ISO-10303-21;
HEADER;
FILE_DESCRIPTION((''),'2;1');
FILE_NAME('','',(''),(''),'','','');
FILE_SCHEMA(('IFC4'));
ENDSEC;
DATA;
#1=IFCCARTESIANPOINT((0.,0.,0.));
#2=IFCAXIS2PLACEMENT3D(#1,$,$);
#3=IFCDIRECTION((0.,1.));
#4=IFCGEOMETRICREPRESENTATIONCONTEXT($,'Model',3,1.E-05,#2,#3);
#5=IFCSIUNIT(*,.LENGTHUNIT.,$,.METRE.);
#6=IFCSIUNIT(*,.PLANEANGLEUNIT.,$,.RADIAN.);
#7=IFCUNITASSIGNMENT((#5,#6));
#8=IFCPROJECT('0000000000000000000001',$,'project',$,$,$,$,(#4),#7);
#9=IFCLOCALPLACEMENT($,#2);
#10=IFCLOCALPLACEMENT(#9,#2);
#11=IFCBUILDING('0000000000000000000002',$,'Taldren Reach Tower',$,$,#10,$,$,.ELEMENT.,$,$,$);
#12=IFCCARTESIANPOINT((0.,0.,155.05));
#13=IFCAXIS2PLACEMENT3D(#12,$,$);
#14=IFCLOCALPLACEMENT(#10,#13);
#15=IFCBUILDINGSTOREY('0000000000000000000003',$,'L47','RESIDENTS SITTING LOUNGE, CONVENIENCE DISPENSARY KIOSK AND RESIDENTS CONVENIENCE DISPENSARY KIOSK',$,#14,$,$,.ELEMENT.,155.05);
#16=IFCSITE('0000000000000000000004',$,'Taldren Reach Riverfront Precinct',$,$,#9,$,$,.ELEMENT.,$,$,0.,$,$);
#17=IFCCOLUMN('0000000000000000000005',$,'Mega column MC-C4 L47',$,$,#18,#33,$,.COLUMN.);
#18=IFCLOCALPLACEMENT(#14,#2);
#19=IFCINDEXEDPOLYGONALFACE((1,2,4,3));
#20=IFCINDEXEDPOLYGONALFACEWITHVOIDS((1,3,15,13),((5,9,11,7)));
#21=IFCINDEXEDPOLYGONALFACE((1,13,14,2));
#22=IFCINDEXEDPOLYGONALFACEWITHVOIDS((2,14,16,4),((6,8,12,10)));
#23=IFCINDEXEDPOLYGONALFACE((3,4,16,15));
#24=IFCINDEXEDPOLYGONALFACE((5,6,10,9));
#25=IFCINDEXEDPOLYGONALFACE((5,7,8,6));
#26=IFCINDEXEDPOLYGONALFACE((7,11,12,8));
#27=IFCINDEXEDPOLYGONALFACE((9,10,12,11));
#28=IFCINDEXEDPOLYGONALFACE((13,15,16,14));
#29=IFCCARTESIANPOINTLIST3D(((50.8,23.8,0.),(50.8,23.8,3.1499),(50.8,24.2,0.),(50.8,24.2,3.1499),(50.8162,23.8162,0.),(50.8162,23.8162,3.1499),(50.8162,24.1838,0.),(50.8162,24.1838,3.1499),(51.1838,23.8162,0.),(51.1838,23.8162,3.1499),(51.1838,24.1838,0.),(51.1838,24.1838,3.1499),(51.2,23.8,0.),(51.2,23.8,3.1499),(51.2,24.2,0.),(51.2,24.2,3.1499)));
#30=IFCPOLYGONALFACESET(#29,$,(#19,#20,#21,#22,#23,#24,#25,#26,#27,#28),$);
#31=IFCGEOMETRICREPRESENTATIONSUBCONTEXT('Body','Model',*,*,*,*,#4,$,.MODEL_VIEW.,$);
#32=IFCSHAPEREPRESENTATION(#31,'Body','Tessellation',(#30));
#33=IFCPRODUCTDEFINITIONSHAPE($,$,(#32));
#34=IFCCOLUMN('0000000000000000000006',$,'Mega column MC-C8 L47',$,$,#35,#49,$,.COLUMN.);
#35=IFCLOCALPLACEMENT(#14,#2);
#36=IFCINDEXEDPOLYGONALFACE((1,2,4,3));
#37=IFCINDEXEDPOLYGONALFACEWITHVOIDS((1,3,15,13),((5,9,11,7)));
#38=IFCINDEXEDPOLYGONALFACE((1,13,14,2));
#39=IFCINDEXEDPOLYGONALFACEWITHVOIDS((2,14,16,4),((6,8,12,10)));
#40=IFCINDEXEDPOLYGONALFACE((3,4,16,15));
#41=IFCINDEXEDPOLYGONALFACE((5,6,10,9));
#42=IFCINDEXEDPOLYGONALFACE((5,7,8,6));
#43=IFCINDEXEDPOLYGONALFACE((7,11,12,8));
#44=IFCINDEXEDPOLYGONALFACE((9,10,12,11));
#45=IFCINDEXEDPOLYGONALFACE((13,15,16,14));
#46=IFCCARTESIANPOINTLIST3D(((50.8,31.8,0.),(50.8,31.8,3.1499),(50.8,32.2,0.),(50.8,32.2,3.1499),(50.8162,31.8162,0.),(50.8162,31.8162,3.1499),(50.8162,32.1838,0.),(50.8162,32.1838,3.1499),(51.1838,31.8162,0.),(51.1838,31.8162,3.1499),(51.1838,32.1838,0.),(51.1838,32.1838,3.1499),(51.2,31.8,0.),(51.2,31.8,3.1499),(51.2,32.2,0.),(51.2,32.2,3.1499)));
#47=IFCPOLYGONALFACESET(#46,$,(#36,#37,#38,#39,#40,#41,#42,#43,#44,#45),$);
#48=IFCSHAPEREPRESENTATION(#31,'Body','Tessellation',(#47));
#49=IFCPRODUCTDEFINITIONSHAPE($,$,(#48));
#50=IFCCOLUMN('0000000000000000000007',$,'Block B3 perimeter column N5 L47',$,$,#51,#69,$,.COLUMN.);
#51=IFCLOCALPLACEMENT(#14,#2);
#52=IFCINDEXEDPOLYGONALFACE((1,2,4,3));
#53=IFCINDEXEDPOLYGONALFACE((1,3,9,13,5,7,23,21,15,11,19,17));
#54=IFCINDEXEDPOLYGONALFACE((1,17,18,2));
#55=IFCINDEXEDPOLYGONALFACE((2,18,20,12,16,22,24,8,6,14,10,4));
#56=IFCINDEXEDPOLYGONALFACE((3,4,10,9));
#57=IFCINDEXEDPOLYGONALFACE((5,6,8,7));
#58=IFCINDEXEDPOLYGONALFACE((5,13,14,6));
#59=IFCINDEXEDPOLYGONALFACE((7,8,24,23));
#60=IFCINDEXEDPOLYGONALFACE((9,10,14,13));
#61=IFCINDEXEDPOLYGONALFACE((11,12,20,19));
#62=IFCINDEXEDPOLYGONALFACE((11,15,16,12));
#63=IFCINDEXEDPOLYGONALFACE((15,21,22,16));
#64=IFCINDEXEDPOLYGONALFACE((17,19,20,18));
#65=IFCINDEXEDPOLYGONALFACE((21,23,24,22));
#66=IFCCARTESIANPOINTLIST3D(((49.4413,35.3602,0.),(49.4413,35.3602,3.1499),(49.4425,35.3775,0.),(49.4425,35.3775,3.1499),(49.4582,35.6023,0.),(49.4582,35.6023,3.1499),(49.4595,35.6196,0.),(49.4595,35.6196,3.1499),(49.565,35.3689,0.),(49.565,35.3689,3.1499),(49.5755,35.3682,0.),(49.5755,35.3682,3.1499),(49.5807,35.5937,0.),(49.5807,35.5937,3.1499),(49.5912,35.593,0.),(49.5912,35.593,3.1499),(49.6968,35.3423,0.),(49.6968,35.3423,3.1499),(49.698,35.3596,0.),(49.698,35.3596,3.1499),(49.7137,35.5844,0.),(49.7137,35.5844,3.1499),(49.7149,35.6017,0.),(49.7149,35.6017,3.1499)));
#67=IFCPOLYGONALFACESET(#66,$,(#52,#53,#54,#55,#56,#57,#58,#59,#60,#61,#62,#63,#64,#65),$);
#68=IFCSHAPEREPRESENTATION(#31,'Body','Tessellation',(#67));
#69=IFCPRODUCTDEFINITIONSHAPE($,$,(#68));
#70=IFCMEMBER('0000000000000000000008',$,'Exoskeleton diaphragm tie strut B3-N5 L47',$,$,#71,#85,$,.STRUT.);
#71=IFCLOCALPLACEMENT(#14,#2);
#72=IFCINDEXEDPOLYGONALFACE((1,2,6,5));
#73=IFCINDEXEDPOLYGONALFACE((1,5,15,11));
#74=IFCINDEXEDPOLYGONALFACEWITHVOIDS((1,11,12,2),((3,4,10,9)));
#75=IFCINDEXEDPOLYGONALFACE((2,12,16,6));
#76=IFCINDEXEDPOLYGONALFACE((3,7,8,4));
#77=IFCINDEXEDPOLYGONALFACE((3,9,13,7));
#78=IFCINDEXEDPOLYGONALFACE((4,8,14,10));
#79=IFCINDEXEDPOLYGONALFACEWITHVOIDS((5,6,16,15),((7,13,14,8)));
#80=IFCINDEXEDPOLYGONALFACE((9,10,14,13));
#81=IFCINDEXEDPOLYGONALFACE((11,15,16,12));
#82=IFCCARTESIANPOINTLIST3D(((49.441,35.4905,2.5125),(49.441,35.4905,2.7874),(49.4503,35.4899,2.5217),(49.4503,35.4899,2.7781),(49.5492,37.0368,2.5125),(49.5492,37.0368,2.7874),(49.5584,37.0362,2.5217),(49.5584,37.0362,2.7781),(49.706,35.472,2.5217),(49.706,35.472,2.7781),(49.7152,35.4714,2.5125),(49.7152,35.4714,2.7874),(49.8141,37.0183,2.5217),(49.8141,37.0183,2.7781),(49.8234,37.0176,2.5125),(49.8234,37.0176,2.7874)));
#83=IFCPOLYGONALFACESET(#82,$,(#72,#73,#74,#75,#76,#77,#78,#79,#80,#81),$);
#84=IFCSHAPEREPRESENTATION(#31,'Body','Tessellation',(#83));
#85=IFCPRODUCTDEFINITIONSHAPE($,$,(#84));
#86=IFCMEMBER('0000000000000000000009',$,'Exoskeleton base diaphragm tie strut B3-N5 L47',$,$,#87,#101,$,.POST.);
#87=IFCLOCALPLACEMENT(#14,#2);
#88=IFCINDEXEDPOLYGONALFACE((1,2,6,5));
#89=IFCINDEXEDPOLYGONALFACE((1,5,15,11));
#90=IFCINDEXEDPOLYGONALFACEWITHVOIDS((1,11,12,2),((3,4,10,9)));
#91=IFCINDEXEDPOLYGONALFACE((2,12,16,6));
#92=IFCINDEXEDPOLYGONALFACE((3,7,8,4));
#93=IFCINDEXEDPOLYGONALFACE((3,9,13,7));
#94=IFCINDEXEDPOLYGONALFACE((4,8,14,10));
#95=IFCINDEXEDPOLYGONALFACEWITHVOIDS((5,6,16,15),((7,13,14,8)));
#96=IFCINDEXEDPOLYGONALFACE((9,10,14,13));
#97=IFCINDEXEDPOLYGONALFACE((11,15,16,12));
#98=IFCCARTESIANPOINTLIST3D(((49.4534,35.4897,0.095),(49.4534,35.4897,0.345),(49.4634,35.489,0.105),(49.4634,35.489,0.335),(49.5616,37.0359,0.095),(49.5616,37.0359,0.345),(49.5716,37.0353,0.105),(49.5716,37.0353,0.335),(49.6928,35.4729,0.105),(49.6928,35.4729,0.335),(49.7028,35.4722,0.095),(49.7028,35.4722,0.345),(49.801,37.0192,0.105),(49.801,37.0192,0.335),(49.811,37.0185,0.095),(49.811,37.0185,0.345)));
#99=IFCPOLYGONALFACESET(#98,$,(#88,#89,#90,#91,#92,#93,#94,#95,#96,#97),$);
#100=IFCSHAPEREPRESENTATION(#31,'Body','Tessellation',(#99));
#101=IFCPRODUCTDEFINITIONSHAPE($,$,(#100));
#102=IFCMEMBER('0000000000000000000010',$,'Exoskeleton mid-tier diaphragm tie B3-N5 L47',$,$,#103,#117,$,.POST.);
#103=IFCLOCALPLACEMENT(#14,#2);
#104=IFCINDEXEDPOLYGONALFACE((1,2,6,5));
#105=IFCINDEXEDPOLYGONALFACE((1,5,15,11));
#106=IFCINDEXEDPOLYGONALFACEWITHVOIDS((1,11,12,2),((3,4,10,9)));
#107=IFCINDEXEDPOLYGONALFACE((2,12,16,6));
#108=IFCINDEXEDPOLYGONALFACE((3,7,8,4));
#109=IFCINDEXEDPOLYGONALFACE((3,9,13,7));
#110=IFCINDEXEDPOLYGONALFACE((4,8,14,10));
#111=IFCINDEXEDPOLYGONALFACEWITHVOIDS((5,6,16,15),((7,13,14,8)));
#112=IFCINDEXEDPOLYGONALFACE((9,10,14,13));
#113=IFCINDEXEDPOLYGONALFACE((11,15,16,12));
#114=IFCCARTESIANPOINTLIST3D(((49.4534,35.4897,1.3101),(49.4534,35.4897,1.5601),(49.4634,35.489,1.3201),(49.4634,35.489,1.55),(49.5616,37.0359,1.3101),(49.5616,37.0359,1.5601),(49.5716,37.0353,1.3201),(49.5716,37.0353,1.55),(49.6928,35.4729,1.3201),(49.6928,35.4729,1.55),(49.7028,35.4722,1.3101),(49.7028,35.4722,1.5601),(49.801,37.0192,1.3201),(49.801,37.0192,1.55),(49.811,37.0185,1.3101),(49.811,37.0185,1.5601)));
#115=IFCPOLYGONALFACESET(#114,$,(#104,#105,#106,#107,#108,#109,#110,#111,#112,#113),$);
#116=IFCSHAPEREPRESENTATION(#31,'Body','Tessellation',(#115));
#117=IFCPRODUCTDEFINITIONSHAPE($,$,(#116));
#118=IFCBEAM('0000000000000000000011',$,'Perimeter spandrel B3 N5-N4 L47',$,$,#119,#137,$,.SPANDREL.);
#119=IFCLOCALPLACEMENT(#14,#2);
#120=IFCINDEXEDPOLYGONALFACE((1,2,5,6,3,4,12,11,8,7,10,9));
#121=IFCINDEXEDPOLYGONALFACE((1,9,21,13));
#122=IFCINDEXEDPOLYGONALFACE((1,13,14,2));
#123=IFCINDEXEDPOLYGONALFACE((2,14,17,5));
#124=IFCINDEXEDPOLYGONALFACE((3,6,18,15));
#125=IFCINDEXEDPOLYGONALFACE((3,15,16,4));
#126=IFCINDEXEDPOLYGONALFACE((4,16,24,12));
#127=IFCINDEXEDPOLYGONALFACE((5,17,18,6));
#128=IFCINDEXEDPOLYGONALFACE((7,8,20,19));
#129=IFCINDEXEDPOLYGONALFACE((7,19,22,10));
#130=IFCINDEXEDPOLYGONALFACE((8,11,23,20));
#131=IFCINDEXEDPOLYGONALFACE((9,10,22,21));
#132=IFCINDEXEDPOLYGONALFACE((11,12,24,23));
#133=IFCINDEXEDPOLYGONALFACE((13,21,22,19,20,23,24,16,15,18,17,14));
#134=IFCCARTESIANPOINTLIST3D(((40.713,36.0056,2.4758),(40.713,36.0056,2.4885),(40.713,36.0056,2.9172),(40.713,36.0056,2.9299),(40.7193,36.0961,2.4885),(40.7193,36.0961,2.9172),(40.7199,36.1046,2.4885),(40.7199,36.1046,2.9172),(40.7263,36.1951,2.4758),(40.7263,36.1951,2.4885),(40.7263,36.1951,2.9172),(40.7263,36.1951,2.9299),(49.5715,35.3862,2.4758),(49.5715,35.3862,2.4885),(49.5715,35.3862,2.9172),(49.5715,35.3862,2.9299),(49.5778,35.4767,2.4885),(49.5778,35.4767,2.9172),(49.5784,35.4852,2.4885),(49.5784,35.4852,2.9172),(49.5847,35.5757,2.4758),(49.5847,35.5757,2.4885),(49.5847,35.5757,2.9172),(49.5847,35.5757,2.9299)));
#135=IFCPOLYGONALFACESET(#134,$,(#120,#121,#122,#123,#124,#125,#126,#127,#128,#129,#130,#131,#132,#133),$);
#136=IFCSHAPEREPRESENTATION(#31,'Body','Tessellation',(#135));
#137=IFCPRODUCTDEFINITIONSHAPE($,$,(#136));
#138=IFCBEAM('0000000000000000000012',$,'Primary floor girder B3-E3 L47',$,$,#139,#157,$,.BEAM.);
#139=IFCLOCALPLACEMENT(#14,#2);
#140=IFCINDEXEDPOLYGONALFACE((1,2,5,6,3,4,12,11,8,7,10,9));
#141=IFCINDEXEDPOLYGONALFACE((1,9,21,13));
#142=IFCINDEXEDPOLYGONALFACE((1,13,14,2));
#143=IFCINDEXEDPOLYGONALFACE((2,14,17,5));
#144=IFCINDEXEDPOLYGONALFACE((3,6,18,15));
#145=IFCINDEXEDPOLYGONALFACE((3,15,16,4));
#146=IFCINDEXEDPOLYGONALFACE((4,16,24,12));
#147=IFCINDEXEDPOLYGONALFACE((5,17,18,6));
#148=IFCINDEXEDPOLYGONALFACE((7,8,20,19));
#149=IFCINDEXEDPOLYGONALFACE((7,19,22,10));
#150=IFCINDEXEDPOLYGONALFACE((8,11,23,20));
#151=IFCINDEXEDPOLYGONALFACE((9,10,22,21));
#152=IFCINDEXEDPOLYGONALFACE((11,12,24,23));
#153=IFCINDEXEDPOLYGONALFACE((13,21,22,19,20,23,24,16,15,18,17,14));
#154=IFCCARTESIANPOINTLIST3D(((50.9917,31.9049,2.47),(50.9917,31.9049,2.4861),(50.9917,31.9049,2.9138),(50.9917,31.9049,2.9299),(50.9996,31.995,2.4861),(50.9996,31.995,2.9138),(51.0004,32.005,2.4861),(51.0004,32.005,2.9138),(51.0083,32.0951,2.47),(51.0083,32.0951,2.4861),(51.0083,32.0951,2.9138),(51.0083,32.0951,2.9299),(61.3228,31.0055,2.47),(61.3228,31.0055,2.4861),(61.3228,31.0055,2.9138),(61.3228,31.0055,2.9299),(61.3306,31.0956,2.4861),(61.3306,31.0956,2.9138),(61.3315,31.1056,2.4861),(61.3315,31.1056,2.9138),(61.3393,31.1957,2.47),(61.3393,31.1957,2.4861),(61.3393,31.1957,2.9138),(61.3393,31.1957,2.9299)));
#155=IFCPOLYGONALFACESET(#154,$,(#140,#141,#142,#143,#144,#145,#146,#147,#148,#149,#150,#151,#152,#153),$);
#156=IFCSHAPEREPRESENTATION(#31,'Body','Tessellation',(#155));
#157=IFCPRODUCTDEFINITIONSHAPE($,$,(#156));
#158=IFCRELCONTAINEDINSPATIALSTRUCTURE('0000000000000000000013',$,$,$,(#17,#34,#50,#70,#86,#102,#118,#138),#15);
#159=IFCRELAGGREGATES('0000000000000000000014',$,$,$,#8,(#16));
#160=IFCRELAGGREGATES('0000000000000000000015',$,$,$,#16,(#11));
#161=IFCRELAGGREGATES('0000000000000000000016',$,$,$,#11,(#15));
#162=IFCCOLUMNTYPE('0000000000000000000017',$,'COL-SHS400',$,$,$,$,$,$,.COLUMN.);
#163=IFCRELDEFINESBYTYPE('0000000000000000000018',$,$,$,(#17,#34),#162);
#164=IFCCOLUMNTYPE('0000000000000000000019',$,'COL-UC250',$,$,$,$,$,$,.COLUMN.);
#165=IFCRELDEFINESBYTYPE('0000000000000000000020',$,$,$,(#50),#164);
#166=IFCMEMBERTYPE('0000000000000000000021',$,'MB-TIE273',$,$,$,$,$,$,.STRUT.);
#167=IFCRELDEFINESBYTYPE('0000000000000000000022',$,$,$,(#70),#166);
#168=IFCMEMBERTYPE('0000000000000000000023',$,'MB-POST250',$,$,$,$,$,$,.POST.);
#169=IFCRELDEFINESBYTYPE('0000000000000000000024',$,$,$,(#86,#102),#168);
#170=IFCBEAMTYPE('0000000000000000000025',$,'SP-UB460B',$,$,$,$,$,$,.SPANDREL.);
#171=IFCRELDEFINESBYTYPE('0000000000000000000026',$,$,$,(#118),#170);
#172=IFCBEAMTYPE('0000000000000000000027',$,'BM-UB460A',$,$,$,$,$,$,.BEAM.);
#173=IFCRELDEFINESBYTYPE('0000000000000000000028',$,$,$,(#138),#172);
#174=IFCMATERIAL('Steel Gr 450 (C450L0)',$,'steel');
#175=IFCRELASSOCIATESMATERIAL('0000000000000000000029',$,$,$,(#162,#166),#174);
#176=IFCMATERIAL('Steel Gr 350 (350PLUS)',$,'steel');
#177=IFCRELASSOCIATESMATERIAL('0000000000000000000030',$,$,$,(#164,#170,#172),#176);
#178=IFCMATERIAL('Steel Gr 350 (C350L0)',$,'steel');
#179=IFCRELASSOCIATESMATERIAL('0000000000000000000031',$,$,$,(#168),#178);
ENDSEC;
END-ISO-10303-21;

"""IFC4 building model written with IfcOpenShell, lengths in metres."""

from ifc_helpers import new_model, si_unit, direction, frame, origin, origin_2d, place, context, subcontext, project, spatial, hollow_rectangle, i_section, extrude, source, transform, mapped, material, material_profile, profile_set, type_object, element, save


model = new_model("IFC4")

# Units and contexts
model_context = context("Model", 3, precision=1e-05, world=origin(), true_north=direction((0.0, 1.0)))
body_context = subcontext(model_context, "Body", "Model", "MODEL_VIEW")
ifc_project = project(units=[si_unit("LENGTHUNIT", "METRE"), si_unit("PLANEANGLEUNIT", "RADIAN")], contexts=[model_context])

# Site, building, storey
site_placement = place(None, origin())
site = spatial("IfcSite", under=ifc_project, at=site_placement, Name="Taldren Reach Riverfront Precinct", CompositionType="ELEMENT", RefElevation=0.0)
building_placement = place(site_placement, origin())
building = spatial("IfcBuilding", under=site, at=building_placement, Name="Taldren Reach Tower", CompositionType="ELEMENT")
storey_placement = place(building_placement, frame((0.0, 0.0, 155.05)))
storey = spatial("IfcBuildingStorey", under=building, at=storey_placement, Name="L47", Description="RESIDENTS SITTING LOUNGE, CONVENIENCE DISPENSARY KIOSK AND RESIDENTS CONVENIENCE DISPENSARY KIOSK", CompositionType="ELEMENT", Elevation=155.05)

# Columns
ifc_material_1 = material(Name="Steel Gr 450 (C450L0)", Category="steel")
ifc_material_profile_1 = material_profile(ifc_material_1, hollow_rectangle(XDim=0.3999, YDim=0.3999, WallThickness=0.0161, at=origin_2d()), Name="400x400x16.0SHS")
ifc_profile_set_1 = profile_set([ifc_material_profile_1], Name="Steel Gr 450 (C450L0)")
column_type_1 = type_object("IfcColumnType", Name="COL-SHS400", PredefinedType="COLUMN", material=ifc_profile_set_1)
shared_shape_1 = source(origin(), body_context, "Body", "SweptSolid", [
    extrude(hollow_rectangle(XDim=0.3999, YDim=0.3999, WallThickness=0.0161, at=origin_2d()), origin(), (0.0, 0.0, 1.0), 3.1499),
])
for number, where, z_axis, x_axis, name in (
    (1, (51.0, 24.0, 0.0), (0.0, 0.0, 1.0), (1.0, 0.0, 0.0), "Mega column MC-C4 L47"),
    (2, (51.0, 32.0, 0.0), (0.0, 0.0, 1.0), (1.0, 0.0, 0.0), "Mega column MC-C8 L47"),
):
    element("IfcColumn", number, at=place(storey_placement, frame(where, z_axis=z_axis, x_axis=x_axis)), inside=storey, type_object=column_type_1, Name=name, PredefinedType="COLUMN", context=body_context, shape_type="MappedRepresentation", body=[
        mapped(shared_shape_1, transform((0.0, 0.0, 0.0), scale=1.0)),
    ])
ifc_material_2 = material(Name="Steel Gr 350 (350PLUS)", Category="steel")
ifc_material_profile_2 = material_profile(ifc_material_2, i_section(OverallWidth=0.2561, OverallDepth=0.26, WebThickness=0.0105, FlangeThickness=0.0173, at=origin_2d()), Name="250UC89.5")
ifc_profile_set_2 = profile_set([ifc_material_profile_2], Name="Steel Gr 350 (350PLUS)")
column_type_2 = type_object("IfcColumnType", Name="COL-UC250", PredefinedType="COLUMN", material=ifc_profile_set_2)
shared_shape_2 = source(origin(), body_context, "Body", "SweptSolid", [
    extrude(i_section(OverallWidth=0.2561, OverallDepth=0.26, WebThickness=0.0105, FlangeThickness=0.0173, at=origin_2d()), origin(), (0.0, 0.0, 1.0), 3.1499),
])
column_placement = place(storey_placement, frame((49.5781, 35.481, 0.0), z_axis=(0.0, 0.0, 1.0), x_axis=(0.997564, -0.069756, 0.0)))
element("IfcColumn", 3, at=column_placement, inside=storey, type_object=column_type_2, Name="Block B3 perimeter column N5 L47", PredefinedType="COLUMN", context=body_context, shape_type="MappedRepresentation", body=[
    mapped(shared_shape_2, transform((0.0, 0.0, 0.0), scale=1.0)),
])

# Members
ifc_material_profile_3 = material_profile(ifc_material_1, hollow_rectangle(XDim=0.2749, YDim=0.2749, WallThickness=0.0093, at=origin_2d()), Name="275x275x9.3SHS")
ifc_profile_set_3 = profile_set([ifc_material_profile_3], Name="Steel Gr 450 (C450L0)")
member_type_1 = type_object("IfcMemberType", Name="MB-TIE273", PredefinedType="STRUT", material=ifc_profile_set_3)
shared_shape_3 = source(origin(), body_context, "Body", "SweptSolid", [
    extrude(hollow_rectangle(XDim=0.2749, YDim=0.2749, WallThickness=0.0093, at=origin_2d()), origin(), (0.0, 0.0, 1.0), 1.55),
])
member_1_placement = place(storey_placement, frame((49.5781, 35.481, 2.6499), z_axis=(0.06977, 0.997563, 0.0), x_axis=(-0.997563, 0.06977, 0.0)))
element("IfcMember", 4, at=member_1_placement, inside=storey, type_object=member_type_1, Name="Exoskeleton diaphragm tie strut B3-N5 L47", PredefinedType="STRUT", context=body_context, shape_type="MappedRepresentation", body=[
    mapped(shared_shape_3, transform((0.0, 0.0, 0.0), scale=1.0)),
])
ifc_material_3 = material(Name="Steel Gr 350 (C350L0)", Category="steel")
ifc_material_profile_4 = material_profile(ifc_material_3, hollow_rectangle(XDim=0.25, YDim=0.25, WallThickness=0.01, at=origin_2d()), Name="250x250x10.0SHS")
ifc_profile_set_4 = profile_set([ifc_material_profile_4], Name="Steel Gr 350 (C350L0)")
member_type_2 = type_object("IfcMemberType", Name="MB-POST250", PredefinedType="POST", material=ifc_profile_set_4)
shared_shape_4 = source(origin(), body_context, "Body", "SweptSolid", [
    extrude(hollow_rectangle(XDim=0.25, YDim=0.25, WallThickness=0.01, at=origin_2d()), origin(), (0.0, 0.0, 1.0), 1.55),
])
for number, where, z_axis, x_axis, name in (
    (5, (49.5781, 35.481, 0.22), (0.06977, 0.997563, 0.0), (-0.997563, 0.06977, 0.0), "Exoskeleton base diaphragm tie strut B3-N5 L47"),
    (6, (49.5781, 35.481, 1.4351), (0.06977, 0.997563, 0.0), (-0.997563, 0.06977, 0.0), "Exoskeleton mid-tier diaphragm tie B3-N5 L47"),
):
    element("IfcMember", number, at=place(storey_placement, frame(where, z_axis=z_axis, x_axis=x_axis)), inside=storey, type_object=member_type_2, Name=name, PredefinedType="POST", context=body_context, shape_type="MappedRepresentation", body=[
        mapped(shared_shape_4, transform((0.0, 0.0, 0.0), scale=1.0)),
    ])

# Beams
ifc_material_profile_5 = material_profile(ifc_material_2, i_section(OverallWidth=0.1899, OverallDepth=0.4541, WebThickness=0.0085, FlangeThickness=0.0127, at=origin_2d()), Name="460UB67.1")
ifc_profile_set_5 = profile_set([ifc_material_profile_5], Name="Steel Gr 350 (350PLUS)")
beam_type_1 = type_object("IfcBeamType", Name="SP-UB460B", PredefinedType="SPANDREL", material=ifc_profile_set_5)
shared_shape_5 = source(origin(), body_context, "Body", "SweptSolid", [
    extrude(i_section(OverallWidth=0.1899, OverallDepth=0.4541, WebThickness=0.0085, FlangeThickness=0.0127, at=origin_2d()), origin(), (0.0, 0.0, 1.0), 8.8801),
])
beam_1_placement = place(storey_placement, frame((49.5781, 35.481, 2.7029), z_axis=(-0.997564, 0.06975, 0.0), x_axis=(-0.06975, -0.997564, 0.0)))
element("IfcBeam", 7, at=beam_1_placement, inside=storey, type_object=beam_type_1, Name="Perimeter spandrel B3 N5-N4 L47", PredefinedType="SPANDREL", context=body_context, shape_type="MappedRepresentation", body=[
    mapped(shared_shape_5, transform((0.0, 0.0, 0.0), scale=1.0)),
])
ifc_material_profile_6 = material_profile(ifc_material_2, i_section(OverallWidth=0.1909, OverallDepth=0.46, WebThickness=0.01, FlangeThickness=0.0161, at=origin_2d()), Name="460UB82.1")
ifc_profile_set_6 = profile_set([ifc_material_profile_6], Name="Steel Gr 350 (350PLUS)")
beam_type_2 = type_object("IfcBeamType", Name="BM-UB460A", PredefinedType="BEAM", material=ifc_profile_set_6)
shared_shape_6 = source(origin(), body_context, "Body", "SweptSolid", [
    extrude(i_section(OverallWidth=0.1909, OverallDepth=0.46, WebThickness=0.01, FlangeThickness=0.0161, at=origin_2d()), origin(), (0.0, 0.0, 1.0), 10.3701),
])
beam_2_placement = place(storey_placement, frame((51.0, 32.0, 2.7), z_axis=(0.996232, -0.086731, 0.0), x_axis=(0.086731, 0.996232, 0.0)))
element("IfcBeam", 8, at=beam_2_placement, inside=storey, type_object=beam_type_2, Name="Primary floor girder B3-E3 L47", PredefinedType="BEAM", context=body_context, shape_type="MappedRepresentation", body=[
    mapped(shared_shape_6, transform((0.0, 0.0, 0.0), scale=1.0)),
])

save(model, "model.ifc")
